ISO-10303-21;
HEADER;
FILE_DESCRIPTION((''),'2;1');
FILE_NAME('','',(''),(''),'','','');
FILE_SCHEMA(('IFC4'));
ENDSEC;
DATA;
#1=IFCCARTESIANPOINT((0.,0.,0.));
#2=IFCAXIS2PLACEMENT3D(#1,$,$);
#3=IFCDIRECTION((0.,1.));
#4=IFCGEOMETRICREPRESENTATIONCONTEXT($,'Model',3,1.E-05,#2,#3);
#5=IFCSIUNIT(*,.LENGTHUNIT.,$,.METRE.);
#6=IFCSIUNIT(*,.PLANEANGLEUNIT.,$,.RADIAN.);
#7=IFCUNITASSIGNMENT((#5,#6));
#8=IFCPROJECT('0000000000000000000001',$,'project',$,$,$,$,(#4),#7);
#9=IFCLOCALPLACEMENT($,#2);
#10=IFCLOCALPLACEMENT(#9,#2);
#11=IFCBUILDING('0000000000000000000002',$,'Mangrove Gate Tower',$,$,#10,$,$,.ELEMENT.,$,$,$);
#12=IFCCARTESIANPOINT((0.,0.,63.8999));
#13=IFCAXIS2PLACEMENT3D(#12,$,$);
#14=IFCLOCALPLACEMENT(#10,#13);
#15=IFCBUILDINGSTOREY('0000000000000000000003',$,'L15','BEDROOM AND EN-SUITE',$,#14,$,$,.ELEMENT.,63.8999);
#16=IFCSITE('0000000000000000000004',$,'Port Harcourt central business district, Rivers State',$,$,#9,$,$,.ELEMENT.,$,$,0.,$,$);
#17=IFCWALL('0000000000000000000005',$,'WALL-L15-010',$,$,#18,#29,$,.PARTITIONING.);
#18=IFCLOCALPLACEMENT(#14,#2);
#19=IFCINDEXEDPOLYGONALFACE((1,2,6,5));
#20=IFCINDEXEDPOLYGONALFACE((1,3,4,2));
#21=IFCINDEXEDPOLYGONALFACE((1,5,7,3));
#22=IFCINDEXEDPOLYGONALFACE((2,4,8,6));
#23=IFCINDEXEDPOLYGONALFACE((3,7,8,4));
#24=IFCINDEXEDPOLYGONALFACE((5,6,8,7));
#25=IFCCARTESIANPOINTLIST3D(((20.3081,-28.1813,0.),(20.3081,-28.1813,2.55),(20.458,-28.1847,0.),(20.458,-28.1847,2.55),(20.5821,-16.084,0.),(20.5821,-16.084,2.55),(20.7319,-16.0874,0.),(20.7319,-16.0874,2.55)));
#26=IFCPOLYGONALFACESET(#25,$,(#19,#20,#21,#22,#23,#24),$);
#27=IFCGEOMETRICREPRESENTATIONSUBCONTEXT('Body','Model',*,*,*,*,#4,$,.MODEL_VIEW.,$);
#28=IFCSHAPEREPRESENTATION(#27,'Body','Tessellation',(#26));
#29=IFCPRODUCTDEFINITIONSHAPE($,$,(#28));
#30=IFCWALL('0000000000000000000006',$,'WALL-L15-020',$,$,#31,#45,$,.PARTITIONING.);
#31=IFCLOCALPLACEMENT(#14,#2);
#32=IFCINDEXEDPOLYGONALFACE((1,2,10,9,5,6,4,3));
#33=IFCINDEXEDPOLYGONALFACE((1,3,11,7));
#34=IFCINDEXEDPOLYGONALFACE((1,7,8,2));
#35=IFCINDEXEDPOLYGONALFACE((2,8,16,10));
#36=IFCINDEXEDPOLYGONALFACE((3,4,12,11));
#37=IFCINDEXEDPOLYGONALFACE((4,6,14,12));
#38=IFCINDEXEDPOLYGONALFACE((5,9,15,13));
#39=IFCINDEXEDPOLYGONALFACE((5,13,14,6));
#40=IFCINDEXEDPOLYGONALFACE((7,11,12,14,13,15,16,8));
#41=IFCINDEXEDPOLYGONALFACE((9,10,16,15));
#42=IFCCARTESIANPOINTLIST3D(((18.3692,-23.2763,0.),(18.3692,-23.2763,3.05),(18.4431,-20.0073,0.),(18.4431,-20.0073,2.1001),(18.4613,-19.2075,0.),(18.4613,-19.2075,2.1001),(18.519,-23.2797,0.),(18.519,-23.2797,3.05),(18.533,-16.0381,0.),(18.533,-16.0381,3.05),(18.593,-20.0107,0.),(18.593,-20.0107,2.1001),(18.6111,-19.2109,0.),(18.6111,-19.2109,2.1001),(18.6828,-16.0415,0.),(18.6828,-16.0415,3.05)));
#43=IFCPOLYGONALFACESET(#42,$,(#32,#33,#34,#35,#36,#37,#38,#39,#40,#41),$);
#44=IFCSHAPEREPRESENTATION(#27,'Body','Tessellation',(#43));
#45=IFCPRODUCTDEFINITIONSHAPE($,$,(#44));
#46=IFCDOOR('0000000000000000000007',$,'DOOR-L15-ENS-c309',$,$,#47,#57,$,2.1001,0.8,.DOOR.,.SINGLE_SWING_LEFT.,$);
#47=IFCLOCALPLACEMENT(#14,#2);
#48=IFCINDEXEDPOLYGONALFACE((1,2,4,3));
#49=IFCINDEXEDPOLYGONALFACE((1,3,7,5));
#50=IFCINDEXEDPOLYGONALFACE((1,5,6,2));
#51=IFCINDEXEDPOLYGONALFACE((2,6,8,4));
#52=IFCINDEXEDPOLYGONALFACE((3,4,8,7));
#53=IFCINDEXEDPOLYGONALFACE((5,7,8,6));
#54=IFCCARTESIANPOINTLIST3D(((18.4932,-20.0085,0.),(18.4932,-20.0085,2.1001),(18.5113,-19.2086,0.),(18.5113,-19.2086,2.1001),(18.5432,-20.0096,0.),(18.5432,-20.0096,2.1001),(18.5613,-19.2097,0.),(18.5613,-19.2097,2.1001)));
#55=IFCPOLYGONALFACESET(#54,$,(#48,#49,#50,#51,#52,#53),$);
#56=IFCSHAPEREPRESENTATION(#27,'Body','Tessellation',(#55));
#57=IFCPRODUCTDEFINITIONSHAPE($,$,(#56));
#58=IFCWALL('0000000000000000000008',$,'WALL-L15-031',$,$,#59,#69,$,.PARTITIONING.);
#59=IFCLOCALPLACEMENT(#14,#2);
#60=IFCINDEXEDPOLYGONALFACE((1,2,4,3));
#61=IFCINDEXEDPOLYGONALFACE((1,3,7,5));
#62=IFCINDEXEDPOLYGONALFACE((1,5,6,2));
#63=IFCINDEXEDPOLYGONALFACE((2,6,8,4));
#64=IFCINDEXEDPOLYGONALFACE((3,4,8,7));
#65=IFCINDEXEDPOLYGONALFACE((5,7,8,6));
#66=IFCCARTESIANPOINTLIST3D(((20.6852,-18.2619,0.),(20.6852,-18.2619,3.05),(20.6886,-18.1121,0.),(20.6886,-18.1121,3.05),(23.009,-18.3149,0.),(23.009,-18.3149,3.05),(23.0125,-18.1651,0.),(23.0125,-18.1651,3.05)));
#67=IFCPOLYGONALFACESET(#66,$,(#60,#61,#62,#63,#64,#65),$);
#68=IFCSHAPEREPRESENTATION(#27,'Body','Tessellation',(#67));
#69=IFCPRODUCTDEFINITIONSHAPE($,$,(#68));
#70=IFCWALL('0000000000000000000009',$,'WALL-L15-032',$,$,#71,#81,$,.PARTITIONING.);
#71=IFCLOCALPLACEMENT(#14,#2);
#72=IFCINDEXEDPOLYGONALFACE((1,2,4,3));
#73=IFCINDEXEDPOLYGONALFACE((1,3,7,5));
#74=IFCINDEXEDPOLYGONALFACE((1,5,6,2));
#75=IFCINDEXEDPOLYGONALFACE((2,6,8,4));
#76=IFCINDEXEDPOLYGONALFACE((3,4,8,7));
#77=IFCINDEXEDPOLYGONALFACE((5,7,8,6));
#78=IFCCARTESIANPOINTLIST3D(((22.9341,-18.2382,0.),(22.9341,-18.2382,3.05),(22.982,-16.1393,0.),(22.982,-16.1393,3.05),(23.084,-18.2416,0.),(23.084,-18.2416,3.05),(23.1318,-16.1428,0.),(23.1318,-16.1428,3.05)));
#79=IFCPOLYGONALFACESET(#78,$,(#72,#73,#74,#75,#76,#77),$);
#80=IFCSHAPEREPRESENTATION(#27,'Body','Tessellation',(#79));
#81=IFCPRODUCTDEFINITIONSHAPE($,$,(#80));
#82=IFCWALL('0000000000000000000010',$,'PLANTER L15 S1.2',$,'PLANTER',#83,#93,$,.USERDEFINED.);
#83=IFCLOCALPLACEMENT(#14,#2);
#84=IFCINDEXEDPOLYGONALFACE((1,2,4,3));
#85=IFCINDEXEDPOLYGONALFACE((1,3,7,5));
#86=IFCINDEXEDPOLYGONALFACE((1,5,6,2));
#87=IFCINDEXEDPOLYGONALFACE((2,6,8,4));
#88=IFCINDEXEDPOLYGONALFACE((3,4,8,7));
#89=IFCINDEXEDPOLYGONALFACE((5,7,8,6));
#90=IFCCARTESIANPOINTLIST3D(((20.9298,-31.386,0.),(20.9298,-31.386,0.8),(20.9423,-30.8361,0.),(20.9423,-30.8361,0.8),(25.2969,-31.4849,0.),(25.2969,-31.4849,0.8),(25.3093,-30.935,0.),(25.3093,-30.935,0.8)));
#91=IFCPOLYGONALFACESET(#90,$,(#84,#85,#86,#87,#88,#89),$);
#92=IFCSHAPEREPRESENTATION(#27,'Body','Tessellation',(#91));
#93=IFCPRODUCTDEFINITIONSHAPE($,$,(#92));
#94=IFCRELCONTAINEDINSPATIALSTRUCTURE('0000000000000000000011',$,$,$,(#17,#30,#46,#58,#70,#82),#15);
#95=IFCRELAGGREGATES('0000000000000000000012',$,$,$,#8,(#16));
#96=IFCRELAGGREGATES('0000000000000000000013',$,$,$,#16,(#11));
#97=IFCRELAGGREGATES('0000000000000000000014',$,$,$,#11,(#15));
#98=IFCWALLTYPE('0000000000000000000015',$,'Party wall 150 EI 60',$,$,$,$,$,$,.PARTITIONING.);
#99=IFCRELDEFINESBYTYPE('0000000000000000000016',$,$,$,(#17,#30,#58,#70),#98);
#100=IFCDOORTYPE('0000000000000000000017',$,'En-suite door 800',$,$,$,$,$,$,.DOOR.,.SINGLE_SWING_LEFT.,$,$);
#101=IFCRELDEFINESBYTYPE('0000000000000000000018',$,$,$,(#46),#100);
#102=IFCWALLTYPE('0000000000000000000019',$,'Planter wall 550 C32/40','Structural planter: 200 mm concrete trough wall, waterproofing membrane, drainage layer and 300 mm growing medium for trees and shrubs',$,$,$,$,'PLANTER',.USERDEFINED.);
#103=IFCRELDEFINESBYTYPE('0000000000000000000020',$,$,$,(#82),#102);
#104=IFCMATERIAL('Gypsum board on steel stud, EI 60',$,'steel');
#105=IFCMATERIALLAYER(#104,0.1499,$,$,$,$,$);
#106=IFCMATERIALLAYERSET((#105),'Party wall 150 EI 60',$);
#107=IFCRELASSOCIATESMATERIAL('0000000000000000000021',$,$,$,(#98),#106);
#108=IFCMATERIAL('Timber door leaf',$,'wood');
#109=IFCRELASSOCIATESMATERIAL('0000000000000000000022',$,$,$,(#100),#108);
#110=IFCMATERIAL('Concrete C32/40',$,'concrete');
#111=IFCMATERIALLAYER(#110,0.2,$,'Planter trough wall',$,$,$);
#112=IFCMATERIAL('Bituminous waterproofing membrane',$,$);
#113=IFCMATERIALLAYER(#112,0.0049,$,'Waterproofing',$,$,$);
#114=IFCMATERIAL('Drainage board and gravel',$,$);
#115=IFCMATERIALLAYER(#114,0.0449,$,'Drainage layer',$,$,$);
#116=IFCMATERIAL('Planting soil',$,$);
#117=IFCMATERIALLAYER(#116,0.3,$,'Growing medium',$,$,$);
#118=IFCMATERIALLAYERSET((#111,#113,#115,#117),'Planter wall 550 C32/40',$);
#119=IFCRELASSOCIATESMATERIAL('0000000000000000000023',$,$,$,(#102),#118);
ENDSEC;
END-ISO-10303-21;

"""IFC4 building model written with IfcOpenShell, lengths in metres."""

from ifc_helpers import new_model, si_unit, direction, frame, frame_2d, origin, place, context, subcontext, project, spatial, rectangle, extrude, material, layer, layer_set, type_object, element, fill, save


model = new_model("IFC4")

# Units and contexts
model_context = context("Model", 3, precision=1e-05, world=origin(), true_north=direction((0.0, 1.0)))
body_context = subcontext(model_context, "Body", "Model", "MODEL_VIEW")
ifc_project = project(units=[si_unit("LENGTHUNIT", "METRE"), si_unit("PLANEANGLEUNIT", "RADIAN")], contexts=[model_context])

# Site, building, storey
site_placement = place(None, origin())
site = spatial("IfcSite", under=ifc_project, at=site_placement, Name="Port Harcourt central business district, Rivers State", CompositionType="ELEMENT", RefElevation=0.0)
building_placement = place(site_placement, origin())
building = spatial("IfcBuilding", under=site, at=building_placement, Name="Mangrove Gate Tower", CompositionType="ELEMENT")
storey_placement = place(building_placement, frame((0.0, 0.0, 63.8999)))
storey = spatial("IfcBuildingStorey", under=building, at=storey_placement, Name="L15", Description="BEDROOM AND EN-SUITE", CompositionType="ELEMENT", Elevation=63.8999)

# Wall
ifc_material_1 = material(Name="Gypsum board on steel stud, EI 60", Category="steel")
ifc_layer_1 = layer(ifc_material_1, 0.1499)
ifc_layer_set_1 = layer_set([ifc_layer_1], Name="Party wall 150 EI 60")
wall_type_1 = type_object("IfcWallType", Name="Party wall 150 EI 60", PredefinedType="PARTITIONING", material=ifc_layer_set_1)
wall_1_placement = place(storey_placement, frame((20.3831, -28.1831, 0.0), z_axis=(0.0, 0.0, 1.0), x_axis=(0.022638, 0.999744, 0.0)))
element("IfcWall", 1, at=wall_1_placement, inside=storey, type_object=wall_type_1, Name="WALL-L15-010", PredefinedType="PARTITIONING", context=body_context, shape_type="SweptSolid", body=[
    extrude(rectangle(XDim=12.1003, YDim=0.1499, at=frame_2d((6.0503, 0.0))), origin(), (0.0, 0.0, 1.0), 2.55),
])

# Wall, opening, door
wall_2_placement = place(storey_placement, frame((18.4441, -23.2781, 0.0), z_axis=(0.0, 0.0, 1.0), x_axis=(0.022627, 0.999744, 0.0)))
wall_2 = element("IfcWall", 2, at=wall_2_placement, inside=storey, type_object=wall_type_1, Name="WALL-L15-020", PredefinedType="PARTITIONING", context=body_context, shape_type="SweptSolid", body=[
    extrude(rectangle(XDim=7.24, YDim=0.1499, at=frame_2d((3.6201, 0.0))), origin(), (0.0, 0.0, 1.0), 3.05),
])
opening_1_placement = place(wall_2_placement, frame((3.27, 0.0, 0.0)))
opening_1 = element("IfcOpeningElement", 3, at=opening_1_placement, cuts=wall_2, PredefinedType="OPENING", context=body_context, shape_type="SweptSolid", body=[
    extrude(rectangle(XDim=0.8, YDim=2.1001, at=frame_2d((0.3999, 1.05))), frame((0.0, 0.085, 0.0), z_axis=(0.0, -1.0, 0.0), x_axis=(1.0, 0.0, 0.0)), (0.0, 0.0, 1.0), 0.1699),
])
ifc_material_2 = material(Name="Timber door leaf", Category="wood")
door_type_1 = type_object("IfcDoorType", Name="En-suite door 800", OperationType="SINGLE_SWING_LEFT", PredefinedType="DOOR", material=ifc_material_2)
door_1_placement = place(opening_1_placement, origin())
door_1 = element("IfcDoor", 4, at=door_1_placement, inside=storey, type_object=door_type_1, Name="DOOR-L15-ENS-c309", OperationType="SINGLE_SWING_LEFT", OverallHeight=2.1001, OverallWidth=0.8, PredefinedType="DOOR", context=body_context, shape_type="SweptSolid", body=[
    extrude(rectangle(XDim=0.8, YDim=2.1001, at=frame_2d((0.3999, 1.05))), frame((0.0, 0.0249, 0.0), z_axis=(0.0, -1.0, 0.0), x_axis=(1.0, 0.0, 0.0)), (0.0, 0.0, 1.0), 0.05),
])
fill(opening_1, door_1)

# Walls
wall_3_placement = place(storey_placement, frame((20.687, -18.187, 0.0), z_axis=(0.0, 0.0, 1.0), x_axis=(0.99974, -0.022791, 0.0)))
element("IfcWall", 5, at=wall_3_placement, inside=storey, type_object=wall_type_1, Name="WALL-L15-031", PredefinedType="PARTITIONING", context=body_context, shape_type="SweptSolid", body=[
    extrude(rectangle(XDim=2.3245, YDim=0.1499, at=frame_2d((1.1621, 0.0))), origin(), (0.0, 0.0, 1.0), 3.05),
])
wall_4_placement = place(storey_placement, frame((23.009, -18.24, 0.0), z_axis=(0.0, 0.0, 1.0), x_axis=(0.022793, 0.99974, 0.0)))
element("IfcWall", 6, at=wall_4_placement, inside=storey, type_object=wall_type_1, Name="WALL-L15-032", PredefinedType="PARTITIONING", context=body_context, shape_type="SweptSolid", body=[
    extrude(rectangle(XDim=2.0994, YDim=0.1499, at=frame_2d((1.0498, 0.0))), origin(), (0.0, 0.0, 1.0), 3.05),
])
ifc_material_3 = material(Name="Concrete C32/40", Category="concrete")
ifc_layer_2 = layer(ifc_material_3, 0.2, Name="Planter trough wall")
ifc_material_4 = material(Name="Bituminous waterproofing membrane")
ifc_layer_3 = layer(ifc_material_4, 0.0049, Name="Waterproofing")
ifc_material_5 = material(Name="Drainage board and gravel")
ifc_layer_4 = layer(ifc_material_5, 0.0449, Name="Drainage layer")
ifc_material_6 = material(Name="Planting soil")
ifc_layer_5 = layer(ifc_material_6, 0.3, Name="Growing medium")
ifc_layer_set_2 = layer_set([ifc_layer_2, ifc_layer_3, ifc_layer_4, ifc_layer_5], Name="Planter wall 550 C32/40")
wall_type_2 = type_object("IfcWallType", Name="Planter wall 550 C32/40", Description="Structural planter: 200 mm concrete trough wall, waterproofing membrane, drainage layer and 300 mm growing medium for trees and shrubs", ElementType="PLANTER", PredefinedType="USERDEFINED", material=ifc_layer_set_2)
wall_5_placement = place(storey_placement, frame((20.936, -31.1111, 0.0), z_axis=(0.0, 0.0, 1.0), x_axis=(0.999744, -0.022636, 0.0)))
element("IfcWall", 7, at=wall_5_placement, inside=storey, type_object=wall_type_2, Name="PLANTER L15 S1.2", ObjectType="PLANTER", PredefinedType="USERDEFINED", context=body_context, shape_type="SweptSolid", body=[
    extrude(rectangle(XDim=4.3682, YDim=0.55, at=frame_2d((2.1841, 0.0))), origin(), (0.0, 0.0, 1.0), 0.8),
])

save(model, "model.ifc")
